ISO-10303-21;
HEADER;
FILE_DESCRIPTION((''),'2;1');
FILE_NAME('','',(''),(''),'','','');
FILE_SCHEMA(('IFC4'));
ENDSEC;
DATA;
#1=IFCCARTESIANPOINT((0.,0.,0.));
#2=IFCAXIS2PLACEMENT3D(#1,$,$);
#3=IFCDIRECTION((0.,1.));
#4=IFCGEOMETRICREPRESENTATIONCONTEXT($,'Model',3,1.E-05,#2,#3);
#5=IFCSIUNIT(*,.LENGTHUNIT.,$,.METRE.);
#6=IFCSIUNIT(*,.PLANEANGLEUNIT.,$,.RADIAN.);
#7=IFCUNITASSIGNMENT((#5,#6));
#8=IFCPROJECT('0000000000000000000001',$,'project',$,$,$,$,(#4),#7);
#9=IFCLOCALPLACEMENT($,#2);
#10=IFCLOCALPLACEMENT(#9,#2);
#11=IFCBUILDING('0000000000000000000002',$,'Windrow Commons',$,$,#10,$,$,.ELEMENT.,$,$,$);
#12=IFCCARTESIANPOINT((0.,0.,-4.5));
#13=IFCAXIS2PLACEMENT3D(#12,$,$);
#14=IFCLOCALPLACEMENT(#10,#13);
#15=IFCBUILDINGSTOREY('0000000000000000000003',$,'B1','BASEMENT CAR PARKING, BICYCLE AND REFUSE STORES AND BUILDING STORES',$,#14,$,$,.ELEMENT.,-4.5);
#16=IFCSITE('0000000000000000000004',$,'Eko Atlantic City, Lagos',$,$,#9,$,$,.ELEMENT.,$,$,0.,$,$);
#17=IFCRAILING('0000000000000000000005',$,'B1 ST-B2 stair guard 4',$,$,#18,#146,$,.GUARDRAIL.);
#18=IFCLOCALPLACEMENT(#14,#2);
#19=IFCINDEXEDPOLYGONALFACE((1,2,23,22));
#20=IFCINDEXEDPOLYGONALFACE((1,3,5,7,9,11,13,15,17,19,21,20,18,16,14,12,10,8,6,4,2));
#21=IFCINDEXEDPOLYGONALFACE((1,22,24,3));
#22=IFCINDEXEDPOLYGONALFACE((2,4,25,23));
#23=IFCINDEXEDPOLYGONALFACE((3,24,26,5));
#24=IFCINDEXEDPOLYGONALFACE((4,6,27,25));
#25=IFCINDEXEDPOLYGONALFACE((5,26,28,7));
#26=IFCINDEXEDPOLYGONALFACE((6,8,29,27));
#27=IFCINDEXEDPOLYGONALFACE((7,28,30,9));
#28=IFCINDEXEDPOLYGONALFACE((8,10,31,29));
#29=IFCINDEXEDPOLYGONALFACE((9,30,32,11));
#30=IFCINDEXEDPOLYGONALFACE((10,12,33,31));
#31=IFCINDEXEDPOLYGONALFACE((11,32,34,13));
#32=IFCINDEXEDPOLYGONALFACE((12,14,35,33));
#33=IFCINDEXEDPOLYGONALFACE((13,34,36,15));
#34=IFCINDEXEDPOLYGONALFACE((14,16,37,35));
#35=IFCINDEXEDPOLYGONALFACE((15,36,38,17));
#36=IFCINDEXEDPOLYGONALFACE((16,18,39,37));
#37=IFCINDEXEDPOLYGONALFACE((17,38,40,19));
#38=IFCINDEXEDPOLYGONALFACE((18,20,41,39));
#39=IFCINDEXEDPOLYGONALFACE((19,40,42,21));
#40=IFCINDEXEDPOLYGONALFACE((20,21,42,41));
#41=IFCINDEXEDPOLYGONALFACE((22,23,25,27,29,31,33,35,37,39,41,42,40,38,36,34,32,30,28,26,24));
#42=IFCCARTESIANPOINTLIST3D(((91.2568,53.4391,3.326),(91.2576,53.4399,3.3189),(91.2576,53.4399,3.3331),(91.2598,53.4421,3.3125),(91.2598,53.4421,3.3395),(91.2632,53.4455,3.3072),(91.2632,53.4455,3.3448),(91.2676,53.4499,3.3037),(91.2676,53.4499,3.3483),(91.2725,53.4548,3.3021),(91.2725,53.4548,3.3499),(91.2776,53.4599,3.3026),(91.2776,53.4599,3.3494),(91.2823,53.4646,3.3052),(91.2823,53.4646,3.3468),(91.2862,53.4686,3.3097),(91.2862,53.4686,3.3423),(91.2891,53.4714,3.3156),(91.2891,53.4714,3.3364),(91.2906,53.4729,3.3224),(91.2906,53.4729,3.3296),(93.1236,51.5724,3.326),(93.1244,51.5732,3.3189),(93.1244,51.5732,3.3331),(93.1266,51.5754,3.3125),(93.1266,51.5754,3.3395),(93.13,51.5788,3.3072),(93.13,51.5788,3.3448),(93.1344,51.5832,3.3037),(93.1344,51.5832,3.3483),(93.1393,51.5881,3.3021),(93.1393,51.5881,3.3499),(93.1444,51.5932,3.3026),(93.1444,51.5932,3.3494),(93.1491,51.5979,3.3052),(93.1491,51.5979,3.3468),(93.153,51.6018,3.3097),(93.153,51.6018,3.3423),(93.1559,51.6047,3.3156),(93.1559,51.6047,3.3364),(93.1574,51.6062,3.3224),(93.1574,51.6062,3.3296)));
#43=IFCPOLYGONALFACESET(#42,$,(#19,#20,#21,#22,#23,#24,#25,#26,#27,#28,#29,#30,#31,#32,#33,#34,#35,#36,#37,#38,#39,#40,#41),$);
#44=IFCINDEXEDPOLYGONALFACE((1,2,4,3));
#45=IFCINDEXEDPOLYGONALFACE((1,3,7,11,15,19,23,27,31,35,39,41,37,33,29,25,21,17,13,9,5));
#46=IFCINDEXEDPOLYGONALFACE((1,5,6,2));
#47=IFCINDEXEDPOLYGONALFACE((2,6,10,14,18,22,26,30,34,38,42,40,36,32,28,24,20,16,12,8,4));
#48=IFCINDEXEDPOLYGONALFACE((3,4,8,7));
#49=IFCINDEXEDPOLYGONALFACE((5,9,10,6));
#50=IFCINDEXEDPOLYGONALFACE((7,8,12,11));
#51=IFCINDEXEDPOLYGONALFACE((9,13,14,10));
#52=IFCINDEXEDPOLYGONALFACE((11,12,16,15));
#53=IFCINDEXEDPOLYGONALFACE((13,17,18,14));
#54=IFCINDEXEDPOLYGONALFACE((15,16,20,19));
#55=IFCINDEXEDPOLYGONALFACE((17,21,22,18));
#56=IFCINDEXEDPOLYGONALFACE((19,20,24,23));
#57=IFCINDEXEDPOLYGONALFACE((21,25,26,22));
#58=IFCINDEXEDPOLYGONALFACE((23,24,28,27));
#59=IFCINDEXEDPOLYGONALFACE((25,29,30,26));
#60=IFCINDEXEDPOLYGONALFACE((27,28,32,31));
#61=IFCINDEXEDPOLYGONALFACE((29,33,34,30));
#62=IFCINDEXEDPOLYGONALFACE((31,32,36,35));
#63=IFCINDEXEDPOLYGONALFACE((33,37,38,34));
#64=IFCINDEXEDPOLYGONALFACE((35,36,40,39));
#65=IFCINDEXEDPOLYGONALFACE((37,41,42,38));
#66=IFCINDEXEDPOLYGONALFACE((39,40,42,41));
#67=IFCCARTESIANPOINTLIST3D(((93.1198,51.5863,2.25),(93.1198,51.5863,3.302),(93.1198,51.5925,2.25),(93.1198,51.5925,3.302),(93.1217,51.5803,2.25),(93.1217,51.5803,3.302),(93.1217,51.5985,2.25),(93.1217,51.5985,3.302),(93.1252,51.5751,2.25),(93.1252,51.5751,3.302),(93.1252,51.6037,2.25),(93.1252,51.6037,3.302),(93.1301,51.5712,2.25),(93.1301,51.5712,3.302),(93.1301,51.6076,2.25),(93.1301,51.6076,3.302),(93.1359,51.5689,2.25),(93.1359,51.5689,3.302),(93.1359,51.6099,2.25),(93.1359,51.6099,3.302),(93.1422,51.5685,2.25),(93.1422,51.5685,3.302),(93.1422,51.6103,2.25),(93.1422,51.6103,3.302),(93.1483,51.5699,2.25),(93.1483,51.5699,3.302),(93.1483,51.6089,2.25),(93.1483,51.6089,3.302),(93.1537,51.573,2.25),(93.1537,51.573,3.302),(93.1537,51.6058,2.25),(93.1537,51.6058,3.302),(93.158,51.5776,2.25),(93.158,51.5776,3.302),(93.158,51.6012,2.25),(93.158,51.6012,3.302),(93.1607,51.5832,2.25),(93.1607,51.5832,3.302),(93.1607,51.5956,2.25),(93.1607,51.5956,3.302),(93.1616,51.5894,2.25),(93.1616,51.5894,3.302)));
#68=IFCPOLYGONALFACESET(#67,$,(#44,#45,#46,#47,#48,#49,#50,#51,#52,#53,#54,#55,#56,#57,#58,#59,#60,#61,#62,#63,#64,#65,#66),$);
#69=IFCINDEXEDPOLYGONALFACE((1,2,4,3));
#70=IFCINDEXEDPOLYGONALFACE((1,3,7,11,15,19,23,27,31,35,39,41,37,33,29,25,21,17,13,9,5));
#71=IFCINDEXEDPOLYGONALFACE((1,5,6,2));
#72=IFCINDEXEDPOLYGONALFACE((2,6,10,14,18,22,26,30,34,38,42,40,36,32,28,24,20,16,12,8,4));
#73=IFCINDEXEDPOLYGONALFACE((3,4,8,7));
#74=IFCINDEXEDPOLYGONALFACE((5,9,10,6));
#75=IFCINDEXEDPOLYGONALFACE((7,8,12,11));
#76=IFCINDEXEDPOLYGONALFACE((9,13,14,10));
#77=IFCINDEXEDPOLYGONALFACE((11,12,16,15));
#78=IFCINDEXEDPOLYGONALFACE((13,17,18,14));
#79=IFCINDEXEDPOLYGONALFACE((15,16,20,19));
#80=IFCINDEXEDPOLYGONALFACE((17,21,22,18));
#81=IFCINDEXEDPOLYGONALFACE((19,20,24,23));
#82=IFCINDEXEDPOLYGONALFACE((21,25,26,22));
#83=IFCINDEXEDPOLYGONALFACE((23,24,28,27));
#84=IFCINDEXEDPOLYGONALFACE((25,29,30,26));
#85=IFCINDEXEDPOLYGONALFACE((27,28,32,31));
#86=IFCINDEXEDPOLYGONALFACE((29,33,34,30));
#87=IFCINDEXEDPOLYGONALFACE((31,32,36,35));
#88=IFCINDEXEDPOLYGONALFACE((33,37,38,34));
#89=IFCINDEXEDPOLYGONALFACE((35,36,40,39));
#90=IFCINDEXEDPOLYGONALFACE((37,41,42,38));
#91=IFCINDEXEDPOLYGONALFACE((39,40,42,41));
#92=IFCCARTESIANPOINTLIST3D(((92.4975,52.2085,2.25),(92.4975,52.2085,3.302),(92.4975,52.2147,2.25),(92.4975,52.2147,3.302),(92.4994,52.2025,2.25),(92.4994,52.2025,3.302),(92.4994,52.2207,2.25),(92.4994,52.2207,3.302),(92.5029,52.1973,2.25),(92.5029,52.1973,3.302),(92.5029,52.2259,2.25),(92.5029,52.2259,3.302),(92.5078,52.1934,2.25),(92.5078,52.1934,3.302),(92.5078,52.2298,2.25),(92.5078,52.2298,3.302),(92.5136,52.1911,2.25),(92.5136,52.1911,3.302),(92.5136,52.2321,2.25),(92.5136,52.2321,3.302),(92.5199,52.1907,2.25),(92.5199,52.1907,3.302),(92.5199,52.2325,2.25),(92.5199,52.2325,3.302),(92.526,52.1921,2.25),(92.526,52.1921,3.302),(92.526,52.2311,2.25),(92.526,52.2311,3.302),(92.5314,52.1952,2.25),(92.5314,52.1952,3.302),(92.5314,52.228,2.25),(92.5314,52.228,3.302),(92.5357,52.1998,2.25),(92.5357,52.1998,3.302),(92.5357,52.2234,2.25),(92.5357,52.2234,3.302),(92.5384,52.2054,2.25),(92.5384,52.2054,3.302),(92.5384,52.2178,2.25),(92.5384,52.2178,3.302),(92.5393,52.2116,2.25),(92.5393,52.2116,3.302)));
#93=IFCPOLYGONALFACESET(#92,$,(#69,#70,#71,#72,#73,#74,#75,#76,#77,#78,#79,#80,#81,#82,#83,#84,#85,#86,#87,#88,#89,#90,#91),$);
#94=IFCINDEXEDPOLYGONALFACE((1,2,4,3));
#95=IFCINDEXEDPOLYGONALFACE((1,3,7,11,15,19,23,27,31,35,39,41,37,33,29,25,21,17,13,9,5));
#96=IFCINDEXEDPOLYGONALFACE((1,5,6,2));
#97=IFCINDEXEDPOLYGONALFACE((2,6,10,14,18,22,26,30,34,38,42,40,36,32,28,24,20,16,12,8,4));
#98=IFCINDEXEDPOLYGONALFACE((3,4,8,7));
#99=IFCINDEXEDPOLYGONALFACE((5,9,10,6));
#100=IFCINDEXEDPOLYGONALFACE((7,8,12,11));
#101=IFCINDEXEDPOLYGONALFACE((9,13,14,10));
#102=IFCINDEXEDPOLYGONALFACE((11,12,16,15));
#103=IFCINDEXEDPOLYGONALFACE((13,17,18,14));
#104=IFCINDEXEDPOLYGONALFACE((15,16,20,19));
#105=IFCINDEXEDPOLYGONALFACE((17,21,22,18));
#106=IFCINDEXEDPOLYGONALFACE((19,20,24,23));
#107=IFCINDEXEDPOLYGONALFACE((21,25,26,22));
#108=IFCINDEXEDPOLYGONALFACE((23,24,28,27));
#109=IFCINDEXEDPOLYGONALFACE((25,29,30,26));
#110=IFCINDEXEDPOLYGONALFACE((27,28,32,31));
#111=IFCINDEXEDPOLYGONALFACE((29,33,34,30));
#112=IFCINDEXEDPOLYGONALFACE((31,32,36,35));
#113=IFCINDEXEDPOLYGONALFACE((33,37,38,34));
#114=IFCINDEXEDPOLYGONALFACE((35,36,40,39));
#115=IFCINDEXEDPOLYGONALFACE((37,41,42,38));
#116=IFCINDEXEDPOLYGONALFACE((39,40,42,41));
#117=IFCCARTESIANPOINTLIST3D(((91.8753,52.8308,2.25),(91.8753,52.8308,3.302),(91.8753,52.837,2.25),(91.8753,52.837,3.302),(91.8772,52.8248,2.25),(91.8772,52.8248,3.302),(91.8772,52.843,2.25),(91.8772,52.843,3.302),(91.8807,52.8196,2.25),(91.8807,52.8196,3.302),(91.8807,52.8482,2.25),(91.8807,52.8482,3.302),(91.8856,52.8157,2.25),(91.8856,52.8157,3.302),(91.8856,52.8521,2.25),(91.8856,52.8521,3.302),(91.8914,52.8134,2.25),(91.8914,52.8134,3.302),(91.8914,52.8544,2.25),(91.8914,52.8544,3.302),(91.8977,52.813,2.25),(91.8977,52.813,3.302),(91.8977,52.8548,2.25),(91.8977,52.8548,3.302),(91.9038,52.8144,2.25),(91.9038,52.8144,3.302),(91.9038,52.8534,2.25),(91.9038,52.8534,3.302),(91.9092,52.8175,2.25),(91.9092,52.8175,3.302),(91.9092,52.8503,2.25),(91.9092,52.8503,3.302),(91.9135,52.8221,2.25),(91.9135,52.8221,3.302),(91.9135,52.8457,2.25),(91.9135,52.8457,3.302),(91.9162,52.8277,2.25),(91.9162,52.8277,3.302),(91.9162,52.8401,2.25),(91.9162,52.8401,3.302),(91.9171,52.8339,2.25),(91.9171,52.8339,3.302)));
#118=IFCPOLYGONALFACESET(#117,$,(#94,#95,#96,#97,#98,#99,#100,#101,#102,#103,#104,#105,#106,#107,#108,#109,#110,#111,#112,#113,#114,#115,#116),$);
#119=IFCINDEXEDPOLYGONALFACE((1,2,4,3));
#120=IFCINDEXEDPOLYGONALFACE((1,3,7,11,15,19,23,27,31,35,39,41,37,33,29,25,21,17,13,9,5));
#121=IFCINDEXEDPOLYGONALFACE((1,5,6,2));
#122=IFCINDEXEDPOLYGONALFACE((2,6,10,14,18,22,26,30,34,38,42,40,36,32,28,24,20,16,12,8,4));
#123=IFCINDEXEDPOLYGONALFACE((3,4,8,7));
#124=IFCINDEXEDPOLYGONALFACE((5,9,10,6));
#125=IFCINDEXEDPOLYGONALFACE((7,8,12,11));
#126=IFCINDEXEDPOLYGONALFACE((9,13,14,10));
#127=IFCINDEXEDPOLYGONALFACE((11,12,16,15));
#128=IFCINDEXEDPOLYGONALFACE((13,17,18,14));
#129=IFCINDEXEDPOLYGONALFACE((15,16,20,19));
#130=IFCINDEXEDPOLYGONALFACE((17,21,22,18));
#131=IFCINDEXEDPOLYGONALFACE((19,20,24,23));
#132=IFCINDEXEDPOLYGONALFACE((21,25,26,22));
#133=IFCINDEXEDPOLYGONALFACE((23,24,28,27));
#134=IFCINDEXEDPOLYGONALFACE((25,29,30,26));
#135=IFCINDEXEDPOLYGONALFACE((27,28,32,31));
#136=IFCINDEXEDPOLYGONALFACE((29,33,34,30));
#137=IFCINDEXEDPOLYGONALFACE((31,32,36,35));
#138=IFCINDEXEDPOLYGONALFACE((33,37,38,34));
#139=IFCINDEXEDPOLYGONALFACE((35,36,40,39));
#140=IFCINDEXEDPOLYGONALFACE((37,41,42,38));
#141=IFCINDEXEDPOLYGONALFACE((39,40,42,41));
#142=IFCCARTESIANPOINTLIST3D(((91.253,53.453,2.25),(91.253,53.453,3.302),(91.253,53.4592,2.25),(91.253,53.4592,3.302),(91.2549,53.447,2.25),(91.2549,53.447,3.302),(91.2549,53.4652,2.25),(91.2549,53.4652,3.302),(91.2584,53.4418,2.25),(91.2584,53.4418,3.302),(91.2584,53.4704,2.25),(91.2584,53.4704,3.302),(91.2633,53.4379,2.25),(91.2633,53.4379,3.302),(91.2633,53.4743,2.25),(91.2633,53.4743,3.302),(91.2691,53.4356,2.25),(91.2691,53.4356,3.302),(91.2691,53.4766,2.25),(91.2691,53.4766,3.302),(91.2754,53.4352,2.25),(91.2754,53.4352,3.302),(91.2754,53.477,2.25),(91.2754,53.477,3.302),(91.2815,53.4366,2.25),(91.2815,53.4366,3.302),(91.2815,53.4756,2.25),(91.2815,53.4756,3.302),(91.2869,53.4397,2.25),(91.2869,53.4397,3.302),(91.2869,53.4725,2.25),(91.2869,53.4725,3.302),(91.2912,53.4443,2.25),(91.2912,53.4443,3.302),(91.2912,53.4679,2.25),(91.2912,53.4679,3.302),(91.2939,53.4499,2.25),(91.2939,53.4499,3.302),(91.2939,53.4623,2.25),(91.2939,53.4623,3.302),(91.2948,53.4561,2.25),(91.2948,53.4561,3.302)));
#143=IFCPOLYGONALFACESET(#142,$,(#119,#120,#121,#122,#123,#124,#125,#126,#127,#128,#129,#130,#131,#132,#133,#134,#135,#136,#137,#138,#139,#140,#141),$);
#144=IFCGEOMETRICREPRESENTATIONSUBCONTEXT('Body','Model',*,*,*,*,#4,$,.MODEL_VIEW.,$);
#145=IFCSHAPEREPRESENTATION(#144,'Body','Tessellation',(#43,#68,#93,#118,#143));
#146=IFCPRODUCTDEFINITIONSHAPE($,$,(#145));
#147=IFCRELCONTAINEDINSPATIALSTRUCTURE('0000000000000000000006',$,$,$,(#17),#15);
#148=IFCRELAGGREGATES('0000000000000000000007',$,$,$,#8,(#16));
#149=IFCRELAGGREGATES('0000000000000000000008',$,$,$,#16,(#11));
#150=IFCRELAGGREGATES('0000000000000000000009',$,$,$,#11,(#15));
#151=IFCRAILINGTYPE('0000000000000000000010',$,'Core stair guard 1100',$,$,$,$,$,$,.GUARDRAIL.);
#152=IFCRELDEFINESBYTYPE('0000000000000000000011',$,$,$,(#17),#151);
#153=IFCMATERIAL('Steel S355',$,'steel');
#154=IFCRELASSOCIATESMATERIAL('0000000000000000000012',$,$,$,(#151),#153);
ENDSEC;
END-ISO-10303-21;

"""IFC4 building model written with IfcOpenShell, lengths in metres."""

from ifc_helpers import new_model, si_unit, direction, frame, origin, origin_2d, place, context, subcontext, project, spatial, circle, extrude, material, type_object, element, save


model = new_model("IFC4")

# Units and contexts
model_context = context("Model", 3, precision=1e-05, world=origin(), true_north=direction((0.0, 1.0)))
body_context = subcontext(model_context, "Body", "Model", "MODEL_VIEW")
ifc_project = project(units=[si_unit("LENGTHUNIT", "METRE"), si_unit("PLANEANGLEUNIT", "RADIAN")], contexts=[model_context])

# Site, building, storey
site_placement = place(None, origin())
site = spatial("IfcSite", under=ifc_project, at=site_placement, Name="Eko Atlantic City, Lagos", CompositionType="ELEMENT", RefElevation=0.0)
building_placement = place(site_placement, origin())
building = spatial("IfcBuilding", under=site, at=building_placement, Name="Windrow Commons", CompositionType="ELEMENT")
storey_placement = place(building_placement, frame((0.0, 0.0, -4.5)))
storey = spatial("IfcBuildingStorey", under=building, at=storey_placement, Name="B1", Description="BASEMENT CAR PARKING, BICYCLE AND REFUSE STORES AND BUILDING STORES", CompositionType="ELEMENT", Elevation=-4.5)

# Railing
ifc_material_1 = material(Name="Steel S355", Category="steel")
railing_type_1 = type_object("IfcRailingType", Name="Core stair guard 1100", PredefinedType="GUARDRAIL", material=ifc_material_1)
railing_1_placement = place(storey_placement, frame((93.1406, 51.5894, 2.25)))
element("IfcRailing", 1, at=railing_1_placement, inside=storey, type_object=railing_type_1, Name="B1 ST-B2 stair guard 4", PredefinedType="GUARDRAIL", context=body_context, shape_type="SweptSolid", body=[
    extrude(circle(Radius=0.024, at=origin_2d()), frame((0.0, 0.0, 1.076), z_axis=(-0.707126, 0.707088, 0.0), x_axis=(-0.707088, -0.707126, 0.0)), (0.0, 0.0, 1.0), 2.64),
    extrude(circle(Radius=0.021, at=origin_2d()), origin(), (0.0, 0.0, 1.0), 1.052),
    extrude(circle(Radius=0.021, at=origin_2d()), frame((-0.6223, 0.6222, 0.0)), (0.0, 0.0, 1.0), 1.052),
    extrude(circle(Radius=0.021, at=origin_2d()), frame((-1.2445, 1.2445, 0.0)), (0.0, 0.0, 1.0), 1.052),
    extrude(circle(Radius=0.021, at=origin_2d()), frame((-1.8668, 1.8667, 0.0)), (0.0, 0.0, 1.0), 1.052),
])

save(model, "model.ifc")
